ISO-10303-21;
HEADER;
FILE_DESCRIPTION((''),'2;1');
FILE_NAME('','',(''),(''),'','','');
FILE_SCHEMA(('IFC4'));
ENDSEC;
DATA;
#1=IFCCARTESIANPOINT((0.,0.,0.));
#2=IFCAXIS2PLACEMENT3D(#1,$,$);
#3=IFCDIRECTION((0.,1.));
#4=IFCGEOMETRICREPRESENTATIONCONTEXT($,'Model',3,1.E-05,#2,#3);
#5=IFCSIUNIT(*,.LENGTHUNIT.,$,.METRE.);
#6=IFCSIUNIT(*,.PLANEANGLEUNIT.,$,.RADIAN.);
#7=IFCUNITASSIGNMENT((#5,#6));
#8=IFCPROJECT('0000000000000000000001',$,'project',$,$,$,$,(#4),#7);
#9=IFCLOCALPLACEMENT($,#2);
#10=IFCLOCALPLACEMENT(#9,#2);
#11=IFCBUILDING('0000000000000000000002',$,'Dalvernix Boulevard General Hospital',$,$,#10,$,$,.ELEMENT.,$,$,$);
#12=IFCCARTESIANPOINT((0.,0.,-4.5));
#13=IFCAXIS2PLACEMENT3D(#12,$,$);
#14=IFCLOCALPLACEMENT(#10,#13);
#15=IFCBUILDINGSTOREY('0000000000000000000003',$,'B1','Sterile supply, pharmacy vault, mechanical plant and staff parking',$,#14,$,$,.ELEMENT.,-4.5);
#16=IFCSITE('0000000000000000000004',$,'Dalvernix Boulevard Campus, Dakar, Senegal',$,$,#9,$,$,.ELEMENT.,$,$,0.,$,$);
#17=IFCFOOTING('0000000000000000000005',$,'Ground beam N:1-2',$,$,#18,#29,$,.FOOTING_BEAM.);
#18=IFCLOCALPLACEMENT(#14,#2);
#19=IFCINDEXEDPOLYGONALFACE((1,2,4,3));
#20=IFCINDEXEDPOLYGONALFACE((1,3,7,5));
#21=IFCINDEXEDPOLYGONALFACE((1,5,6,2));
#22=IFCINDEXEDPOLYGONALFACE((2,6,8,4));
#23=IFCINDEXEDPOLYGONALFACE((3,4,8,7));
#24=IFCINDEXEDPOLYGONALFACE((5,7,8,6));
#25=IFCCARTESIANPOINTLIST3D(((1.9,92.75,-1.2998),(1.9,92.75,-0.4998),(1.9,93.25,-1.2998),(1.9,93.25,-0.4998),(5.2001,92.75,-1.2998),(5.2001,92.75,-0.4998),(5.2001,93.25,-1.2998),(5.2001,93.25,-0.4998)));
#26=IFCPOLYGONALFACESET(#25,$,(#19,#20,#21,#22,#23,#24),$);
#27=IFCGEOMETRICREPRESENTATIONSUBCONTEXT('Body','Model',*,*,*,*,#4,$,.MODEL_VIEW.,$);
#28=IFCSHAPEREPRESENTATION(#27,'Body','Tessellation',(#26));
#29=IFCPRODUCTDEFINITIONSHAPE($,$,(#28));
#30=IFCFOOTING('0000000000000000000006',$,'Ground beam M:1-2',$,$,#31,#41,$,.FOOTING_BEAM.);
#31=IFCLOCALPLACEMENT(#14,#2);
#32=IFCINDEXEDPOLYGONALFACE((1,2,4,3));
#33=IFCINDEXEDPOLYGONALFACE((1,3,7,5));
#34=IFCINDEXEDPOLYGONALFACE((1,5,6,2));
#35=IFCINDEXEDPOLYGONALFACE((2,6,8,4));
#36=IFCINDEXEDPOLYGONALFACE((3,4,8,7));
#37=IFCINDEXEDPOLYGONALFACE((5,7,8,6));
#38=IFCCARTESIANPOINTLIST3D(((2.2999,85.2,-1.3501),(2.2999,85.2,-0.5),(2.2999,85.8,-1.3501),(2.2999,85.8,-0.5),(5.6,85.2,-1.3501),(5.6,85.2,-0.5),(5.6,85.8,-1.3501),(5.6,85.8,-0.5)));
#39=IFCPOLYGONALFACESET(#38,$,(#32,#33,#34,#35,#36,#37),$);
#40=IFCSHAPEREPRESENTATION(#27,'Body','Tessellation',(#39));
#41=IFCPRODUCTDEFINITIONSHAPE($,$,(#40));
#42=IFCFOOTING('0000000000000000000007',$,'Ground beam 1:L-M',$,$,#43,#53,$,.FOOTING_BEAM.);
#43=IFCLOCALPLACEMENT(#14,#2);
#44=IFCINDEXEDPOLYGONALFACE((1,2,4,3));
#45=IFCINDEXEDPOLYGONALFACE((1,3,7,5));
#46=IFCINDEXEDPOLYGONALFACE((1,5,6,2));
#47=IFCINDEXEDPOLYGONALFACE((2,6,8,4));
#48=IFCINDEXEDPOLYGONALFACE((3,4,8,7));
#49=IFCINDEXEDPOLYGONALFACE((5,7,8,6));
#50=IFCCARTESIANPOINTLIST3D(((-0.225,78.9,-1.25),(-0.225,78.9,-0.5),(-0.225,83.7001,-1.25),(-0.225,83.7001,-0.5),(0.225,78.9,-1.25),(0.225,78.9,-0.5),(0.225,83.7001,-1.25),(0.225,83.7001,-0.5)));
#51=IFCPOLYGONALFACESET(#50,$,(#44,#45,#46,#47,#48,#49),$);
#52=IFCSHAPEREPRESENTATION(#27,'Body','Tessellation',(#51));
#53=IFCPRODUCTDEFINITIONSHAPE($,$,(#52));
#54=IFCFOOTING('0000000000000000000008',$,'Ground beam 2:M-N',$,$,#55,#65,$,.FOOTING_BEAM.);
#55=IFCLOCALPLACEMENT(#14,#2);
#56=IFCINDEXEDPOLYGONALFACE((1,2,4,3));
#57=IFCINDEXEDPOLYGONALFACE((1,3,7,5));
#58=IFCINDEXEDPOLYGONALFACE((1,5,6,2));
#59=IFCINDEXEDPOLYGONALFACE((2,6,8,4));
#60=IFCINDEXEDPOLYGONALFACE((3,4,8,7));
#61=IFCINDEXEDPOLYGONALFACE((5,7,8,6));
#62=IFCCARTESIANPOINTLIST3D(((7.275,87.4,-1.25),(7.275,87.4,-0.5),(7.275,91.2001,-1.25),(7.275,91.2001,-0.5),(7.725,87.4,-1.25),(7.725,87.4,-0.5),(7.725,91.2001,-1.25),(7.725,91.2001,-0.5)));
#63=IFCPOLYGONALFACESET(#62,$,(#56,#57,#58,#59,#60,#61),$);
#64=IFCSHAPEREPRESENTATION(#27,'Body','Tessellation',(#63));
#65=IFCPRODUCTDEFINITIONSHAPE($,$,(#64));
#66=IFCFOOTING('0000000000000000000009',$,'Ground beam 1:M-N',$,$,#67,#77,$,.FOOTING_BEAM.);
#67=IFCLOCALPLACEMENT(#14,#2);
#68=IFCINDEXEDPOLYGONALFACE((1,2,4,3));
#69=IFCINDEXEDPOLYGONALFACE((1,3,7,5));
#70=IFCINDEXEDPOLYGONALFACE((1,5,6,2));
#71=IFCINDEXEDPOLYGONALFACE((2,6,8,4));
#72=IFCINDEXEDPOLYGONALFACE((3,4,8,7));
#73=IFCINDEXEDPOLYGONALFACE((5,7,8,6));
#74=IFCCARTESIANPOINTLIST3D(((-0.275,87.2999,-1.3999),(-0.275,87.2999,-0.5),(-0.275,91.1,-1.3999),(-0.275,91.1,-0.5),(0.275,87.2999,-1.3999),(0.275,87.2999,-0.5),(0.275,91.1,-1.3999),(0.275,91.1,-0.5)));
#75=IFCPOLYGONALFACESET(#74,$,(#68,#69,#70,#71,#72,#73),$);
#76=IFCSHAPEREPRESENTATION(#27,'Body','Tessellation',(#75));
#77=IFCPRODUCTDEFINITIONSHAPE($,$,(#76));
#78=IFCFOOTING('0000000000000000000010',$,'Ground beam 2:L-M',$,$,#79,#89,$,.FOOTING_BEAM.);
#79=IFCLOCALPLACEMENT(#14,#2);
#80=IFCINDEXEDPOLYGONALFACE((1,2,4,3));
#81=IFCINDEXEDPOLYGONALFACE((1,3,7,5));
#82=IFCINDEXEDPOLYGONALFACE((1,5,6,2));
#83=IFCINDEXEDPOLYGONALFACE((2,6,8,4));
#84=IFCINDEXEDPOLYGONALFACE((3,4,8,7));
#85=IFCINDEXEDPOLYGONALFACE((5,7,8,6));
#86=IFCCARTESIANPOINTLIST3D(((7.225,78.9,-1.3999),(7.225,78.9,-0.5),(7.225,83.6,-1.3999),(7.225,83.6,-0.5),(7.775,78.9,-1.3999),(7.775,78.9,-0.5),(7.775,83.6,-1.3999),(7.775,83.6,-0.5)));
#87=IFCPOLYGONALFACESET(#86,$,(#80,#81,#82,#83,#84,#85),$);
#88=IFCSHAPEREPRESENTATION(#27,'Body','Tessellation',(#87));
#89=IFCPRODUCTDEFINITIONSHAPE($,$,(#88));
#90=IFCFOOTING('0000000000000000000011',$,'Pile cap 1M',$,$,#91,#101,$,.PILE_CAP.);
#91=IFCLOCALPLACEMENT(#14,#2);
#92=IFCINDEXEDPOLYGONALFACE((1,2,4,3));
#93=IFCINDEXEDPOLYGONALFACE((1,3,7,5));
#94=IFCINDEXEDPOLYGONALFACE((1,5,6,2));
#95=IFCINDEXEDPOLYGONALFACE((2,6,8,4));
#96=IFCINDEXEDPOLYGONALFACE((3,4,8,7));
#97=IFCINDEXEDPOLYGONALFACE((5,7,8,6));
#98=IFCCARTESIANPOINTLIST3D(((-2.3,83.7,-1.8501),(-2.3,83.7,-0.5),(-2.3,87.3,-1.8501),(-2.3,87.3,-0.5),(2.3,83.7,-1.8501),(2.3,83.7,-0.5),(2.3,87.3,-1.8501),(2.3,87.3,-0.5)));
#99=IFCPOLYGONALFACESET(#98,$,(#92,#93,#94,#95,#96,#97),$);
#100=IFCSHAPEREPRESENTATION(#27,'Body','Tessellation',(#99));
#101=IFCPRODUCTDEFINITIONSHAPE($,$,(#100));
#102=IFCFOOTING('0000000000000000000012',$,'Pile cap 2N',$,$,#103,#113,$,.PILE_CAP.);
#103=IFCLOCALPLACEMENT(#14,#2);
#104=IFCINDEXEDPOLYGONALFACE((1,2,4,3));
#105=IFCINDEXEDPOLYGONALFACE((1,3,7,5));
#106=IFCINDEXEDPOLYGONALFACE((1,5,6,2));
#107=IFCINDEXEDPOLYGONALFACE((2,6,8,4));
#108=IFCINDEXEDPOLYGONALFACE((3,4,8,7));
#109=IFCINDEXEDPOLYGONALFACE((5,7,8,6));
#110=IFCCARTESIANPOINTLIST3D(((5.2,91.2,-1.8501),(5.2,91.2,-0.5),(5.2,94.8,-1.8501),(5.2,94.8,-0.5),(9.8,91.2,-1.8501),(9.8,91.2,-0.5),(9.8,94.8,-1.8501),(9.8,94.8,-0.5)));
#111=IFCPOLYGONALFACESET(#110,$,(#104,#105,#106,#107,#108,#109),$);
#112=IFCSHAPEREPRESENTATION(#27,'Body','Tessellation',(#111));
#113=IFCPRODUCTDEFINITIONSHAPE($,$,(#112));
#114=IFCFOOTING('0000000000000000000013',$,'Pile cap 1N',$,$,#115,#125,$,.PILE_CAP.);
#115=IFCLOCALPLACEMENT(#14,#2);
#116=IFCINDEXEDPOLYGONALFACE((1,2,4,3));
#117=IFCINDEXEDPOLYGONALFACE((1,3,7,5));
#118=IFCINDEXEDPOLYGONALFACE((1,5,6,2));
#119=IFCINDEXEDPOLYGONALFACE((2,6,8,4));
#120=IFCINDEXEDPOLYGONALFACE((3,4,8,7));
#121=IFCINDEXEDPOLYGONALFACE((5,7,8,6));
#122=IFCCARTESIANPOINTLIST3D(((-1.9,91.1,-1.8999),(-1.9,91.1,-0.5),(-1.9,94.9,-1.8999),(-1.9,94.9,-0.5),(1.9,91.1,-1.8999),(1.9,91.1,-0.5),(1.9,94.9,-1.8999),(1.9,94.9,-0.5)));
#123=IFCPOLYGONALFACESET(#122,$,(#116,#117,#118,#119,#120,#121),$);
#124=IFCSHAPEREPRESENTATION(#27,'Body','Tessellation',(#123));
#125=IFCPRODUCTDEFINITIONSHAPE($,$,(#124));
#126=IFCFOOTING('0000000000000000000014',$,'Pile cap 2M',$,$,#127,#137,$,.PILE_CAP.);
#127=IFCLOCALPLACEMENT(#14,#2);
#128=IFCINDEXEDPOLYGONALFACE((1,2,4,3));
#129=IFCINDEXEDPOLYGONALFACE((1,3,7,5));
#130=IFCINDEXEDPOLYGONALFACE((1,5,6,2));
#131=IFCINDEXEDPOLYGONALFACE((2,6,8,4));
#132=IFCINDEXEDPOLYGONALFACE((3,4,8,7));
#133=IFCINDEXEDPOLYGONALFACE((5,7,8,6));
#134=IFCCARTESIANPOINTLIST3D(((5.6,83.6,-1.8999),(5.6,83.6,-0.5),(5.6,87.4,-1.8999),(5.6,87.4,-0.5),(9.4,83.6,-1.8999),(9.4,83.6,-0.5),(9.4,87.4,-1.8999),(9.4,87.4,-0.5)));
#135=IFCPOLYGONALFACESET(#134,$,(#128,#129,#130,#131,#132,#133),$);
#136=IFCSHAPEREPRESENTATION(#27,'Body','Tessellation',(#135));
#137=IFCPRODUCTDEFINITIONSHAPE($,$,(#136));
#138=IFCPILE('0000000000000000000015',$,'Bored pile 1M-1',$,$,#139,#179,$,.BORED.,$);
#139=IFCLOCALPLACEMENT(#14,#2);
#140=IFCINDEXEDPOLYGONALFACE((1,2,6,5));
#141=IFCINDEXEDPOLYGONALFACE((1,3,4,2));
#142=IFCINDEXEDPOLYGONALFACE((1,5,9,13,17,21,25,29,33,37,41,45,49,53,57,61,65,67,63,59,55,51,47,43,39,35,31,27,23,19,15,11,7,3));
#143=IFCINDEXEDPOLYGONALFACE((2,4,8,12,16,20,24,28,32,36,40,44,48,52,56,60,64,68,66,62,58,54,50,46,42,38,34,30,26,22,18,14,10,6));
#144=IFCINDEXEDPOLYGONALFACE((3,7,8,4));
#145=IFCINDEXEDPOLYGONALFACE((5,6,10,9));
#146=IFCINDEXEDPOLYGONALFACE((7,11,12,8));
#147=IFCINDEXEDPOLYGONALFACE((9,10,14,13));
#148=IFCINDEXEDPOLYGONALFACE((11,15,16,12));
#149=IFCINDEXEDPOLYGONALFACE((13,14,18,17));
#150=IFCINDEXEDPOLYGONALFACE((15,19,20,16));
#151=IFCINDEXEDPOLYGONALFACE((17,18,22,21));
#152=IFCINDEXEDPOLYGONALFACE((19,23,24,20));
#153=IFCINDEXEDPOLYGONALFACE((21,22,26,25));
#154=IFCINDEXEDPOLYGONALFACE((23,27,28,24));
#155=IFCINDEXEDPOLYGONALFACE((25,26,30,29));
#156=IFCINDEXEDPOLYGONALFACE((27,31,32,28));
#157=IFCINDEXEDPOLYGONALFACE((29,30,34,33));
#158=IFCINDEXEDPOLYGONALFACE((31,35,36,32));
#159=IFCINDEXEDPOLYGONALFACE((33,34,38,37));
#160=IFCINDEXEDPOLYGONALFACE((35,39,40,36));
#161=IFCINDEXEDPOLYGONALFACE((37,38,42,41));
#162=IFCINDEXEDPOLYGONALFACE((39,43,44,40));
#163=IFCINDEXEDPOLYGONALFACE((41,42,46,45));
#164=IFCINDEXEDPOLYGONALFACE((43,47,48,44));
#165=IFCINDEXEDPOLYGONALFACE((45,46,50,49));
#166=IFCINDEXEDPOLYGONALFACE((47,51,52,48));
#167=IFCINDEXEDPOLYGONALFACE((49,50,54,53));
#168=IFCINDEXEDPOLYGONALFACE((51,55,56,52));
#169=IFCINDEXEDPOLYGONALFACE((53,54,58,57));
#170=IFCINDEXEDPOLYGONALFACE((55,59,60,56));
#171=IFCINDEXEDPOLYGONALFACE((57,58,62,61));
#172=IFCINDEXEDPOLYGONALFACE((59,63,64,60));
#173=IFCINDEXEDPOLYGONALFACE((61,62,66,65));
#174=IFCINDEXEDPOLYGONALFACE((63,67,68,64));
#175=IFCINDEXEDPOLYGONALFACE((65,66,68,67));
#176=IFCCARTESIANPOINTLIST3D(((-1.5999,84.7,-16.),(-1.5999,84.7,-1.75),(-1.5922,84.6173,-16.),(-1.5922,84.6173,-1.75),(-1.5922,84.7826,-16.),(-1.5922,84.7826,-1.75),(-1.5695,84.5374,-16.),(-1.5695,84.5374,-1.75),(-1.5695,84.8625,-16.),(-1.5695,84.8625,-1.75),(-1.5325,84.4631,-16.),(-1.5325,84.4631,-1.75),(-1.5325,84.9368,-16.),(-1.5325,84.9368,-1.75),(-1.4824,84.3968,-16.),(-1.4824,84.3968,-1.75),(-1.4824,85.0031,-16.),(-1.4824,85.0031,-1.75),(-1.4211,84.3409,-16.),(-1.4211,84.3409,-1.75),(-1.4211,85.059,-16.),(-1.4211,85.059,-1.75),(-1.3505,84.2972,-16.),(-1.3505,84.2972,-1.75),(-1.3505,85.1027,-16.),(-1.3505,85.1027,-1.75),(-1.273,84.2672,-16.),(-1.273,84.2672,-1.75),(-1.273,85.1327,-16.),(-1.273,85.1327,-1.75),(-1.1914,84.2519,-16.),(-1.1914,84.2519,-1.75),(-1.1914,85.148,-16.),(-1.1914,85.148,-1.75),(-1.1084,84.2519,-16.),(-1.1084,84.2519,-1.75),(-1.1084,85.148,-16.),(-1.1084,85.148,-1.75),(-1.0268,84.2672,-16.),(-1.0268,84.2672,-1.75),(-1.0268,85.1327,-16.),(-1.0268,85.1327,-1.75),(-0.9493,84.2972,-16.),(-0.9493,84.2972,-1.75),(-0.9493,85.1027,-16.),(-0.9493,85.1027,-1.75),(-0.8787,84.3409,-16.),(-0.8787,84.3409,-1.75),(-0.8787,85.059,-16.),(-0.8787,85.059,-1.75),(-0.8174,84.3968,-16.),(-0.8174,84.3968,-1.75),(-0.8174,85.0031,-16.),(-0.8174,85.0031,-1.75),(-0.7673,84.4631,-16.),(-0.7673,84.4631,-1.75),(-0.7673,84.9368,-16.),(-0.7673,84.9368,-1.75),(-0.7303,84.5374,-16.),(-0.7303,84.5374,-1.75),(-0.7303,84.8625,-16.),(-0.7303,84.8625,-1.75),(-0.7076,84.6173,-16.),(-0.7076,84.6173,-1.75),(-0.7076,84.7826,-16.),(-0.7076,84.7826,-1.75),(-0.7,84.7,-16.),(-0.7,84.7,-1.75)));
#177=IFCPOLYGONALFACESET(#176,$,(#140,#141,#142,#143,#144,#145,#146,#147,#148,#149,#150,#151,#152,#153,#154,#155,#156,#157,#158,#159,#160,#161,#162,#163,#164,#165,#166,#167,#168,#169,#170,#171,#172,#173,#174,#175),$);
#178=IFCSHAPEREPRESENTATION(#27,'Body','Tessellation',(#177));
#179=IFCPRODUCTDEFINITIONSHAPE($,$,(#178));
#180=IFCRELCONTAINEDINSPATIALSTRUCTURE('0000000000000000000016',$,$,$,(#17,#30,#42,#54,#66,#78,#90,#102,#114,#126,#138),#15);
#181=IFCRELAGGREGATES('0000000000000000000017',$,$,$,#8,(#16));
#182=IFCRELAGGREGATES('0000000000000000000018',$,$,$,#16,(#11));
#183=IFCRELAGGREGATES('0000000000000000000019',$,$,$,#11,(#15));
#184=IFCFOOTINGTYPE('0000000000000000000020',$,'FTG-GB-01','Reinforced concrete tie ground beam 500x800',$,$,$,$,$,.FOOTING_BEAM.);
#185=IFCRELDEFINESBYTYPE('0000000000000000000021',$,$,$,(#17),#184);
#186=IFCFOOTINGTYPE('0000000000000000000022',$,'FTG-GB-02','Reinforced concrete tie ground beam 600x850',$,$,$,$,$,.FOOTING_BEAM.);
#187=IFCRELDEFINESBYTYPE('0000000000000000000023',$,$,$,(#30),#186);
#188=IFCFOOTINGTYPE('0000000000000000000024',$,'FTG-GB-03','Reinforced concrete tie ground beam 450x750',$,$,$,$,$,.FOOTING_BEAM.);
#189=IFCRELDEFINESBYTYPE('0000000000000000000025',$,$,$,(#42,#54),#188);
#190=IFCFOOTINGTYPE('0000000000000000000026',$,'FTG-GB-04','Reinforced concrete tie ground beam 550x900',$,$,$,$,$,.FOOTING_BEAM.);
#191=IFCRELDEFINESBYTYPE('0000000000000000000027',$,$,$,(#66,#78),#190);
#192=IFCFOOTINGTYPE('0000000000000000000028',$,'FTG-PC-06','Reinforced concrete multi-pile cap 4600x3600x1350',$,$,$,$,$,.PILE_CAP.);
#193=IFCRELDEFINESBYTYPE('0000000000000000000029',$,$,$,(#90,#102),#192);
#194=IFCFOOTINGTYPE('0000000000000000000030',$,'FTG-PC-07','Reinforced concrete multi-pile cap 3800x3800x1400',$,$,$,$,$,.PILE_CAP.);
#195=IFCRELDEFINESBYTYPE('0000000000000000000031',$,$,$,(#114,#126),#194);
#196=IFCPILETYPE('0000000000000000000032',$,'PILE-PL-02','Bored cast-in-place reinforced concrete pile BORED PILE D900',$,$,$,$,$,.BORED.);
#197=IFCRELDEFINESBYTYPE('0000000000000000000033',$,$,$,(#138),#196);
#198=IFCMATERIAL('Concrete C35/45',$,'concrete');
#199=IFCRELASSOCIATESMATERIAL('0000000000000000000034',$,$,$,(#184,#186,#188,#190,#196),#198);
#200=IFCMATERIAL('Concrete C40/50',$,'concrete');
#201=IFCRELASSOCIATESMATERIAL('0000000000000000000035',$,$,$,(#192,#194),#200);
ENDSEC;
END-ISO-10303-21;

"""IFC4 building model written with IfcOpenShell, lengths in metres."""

from ifc_helpers import new_model, si_unit, direction, frame, origin, origin_2d, place, context, subcontext, project, spatial, rectangle, circle, extrude, material, material_profile, profile_set, type_object, element, save


model = new_model("IFC4")

# Units and contexts
model_context = context("Model", 3, precision=1e-05, world=origin(), true_north=direction((0.0, 1.0)))
body_context = subcontext(model_context, "Body", "Model", "MODEL_VIEW")
ifc_project = project(units=[si_unit("LENGTHUNIT", "METRE"), si_unit("PLANEANGLEUNIT", "RADIAN")], contexts=[model_context])

# Site, building, storey
site_placement = place(None, origin())
site = spatial("IfcSite", under=ifc_project, at=site_placement, Name="Dalvernix Boulevard Campus, Dakar, Senegal", CompositionType="ELEMENT", RefElevation=0.0)
building_placement = place(site_placement, origin())
building = spatial("IfcBuilding", under=site, at=building_placement, Name="Dalvernix Boulevard General Hospital", CompositionType="ELEMENT")
storey_placement = place(building_placement, frame((0.0, 0.0, -4.5)))
storey = spatial("IfcBuildingStorey", under=building, at=storey_placement, Name="B1", Description="Sterile supply, pharmacy vault, mechanical plant and staff parking", CompositionType="ELEMENT", Elevation=-4.5)

# Footings
ifc_material_1 = material(Name="Concrete C35/45", Category="concrete")
footing_type_1 = type_object("IfcFootingType", Name="FTG-GB-01", Description="Reinforced concrete tie ground beam 500x800", PredefinedType="FOOTING_BEAM", material=ifc_material_1)
footing_1_placement = place(storey_placement, frame((3.55, 93.0, -1.2998), z_axis=(0.0, 0.0, 1.0), x_axis=(1.0, 0.0, 0.0)))
element("IfcFooting", 1, at=footing_1_placement, inside=storey, type_object=footing_type_1, Name="Ground beam N:1-2", PredefinedType="FOOTING_BEAM", context=body_context, shape_type="SweptSolid", body=[
    extrude(rectangle(XDim=3.3, YDim=0.5, at=origin_2d()), origin(), (0.0, 0.0, 1.0), 0.8),
])
footing_type_2 = type_object("IfcFootingType", Name="FTG-GB-02", Description="Reinforced concrete tie ground beam 600x850", PredefinedType="FOOTING_BEAM", material=ifc_material_1)
footing_2_placement = place(storey_placement, frame((3.95, 85.5, -1.3501), z_axis=(0.0, 0.0, 1.0), x_axis=(1.0, 0.0, 0.0)))
element("IfcFooting", 2, at=footing_2_placement, inside=storey, type_object=footing_type_2, Name="Ground beam M:1-2", PredefinedType="FOOTING_BEAM", context=body_context, shape_type="SweptSolid", body=[
    extrude(rectangle(XDim=3.3, YDim=0.6001, at=origin_2d()), origin(), (0.0, 0.0, 1.0), 0.8501),
])
footing_type_3 = type_object("IfcFootingType", Name="FTG-GB-03", Description="Reinforced concrete tie ground beam 450x750", PredefinedType="FOOTING_BEAM", material=ifc_material_1)
footing_3_placement = place(storey_placement, frame((0.0, 81.3, -1.25), z_axis=(0.0, 0.0, 1.0), x_axis=(0.0, 1.0, 0.0)))
element("IfcFooting", 3, at=footing_3_placement, inside=storey, type_object=footing_type_3, Name="Ground beam 1:L-M", PredefinedType="FOOTING_BEAM", context=body_context, shape_type="SweptSolid", body=[
    extrude(rectangle(XDim=4.8, YDim=0.45, at=origin_2d()), origin(), (0.0, 0.0, 1.0), 0.75),
])
footing_4_placement = place(storey_placement, frame((7.5, 89.3, -1.25), z_axis=(0.0, 0.0, 1.0), x_axis=(0.0, 1.0, 0.0)))
element("IfcFooting", 4, at=footing_4_placement, inside=storey, type_object=footing_type_3, Name="Ground beam 2:M-N", PredefinedType="FOOTING_BEAM", context=body_context, shape_type="SweptSolid", body=[
    extrude(rectangle(XDim=3.8, YDim=0.45, at=origin_2d()), origin(), (0.0, 0.0, 1.0), 0.75),
])
footing_type_4 = type_object("IfcFootingType", Name="FTG-GB-04", Description="Reinforced concrete tie ground beam 550x900", PredefinedType="FOOTING_BEAM", material=ifc_material_1)
footing_5_placement = place(storey_placement, frame((0.0, 89.2, -1.3999), z_axis=(0.0, 0.0, 1.0), x_axis=(0.0, 1.0, 0.0)))
element("IfcFooting", 5, at=footing_5_placement, inside=storey, type_object=footing_type_4, Name="Ground beam 1:M-N", PredefinedType="FOOTING_BEAM", context=body_context, shape_type="SweptSolid", body=[
    extrude(rectangle(XDim=3.8, YDim=0.55, at=origin_2d()), origin(), (0.0, 0.0, 1.0), 0.8999),
])
footing_6_placement = place(storey_placement, frame((7.5, 81.25, -1.3999), z_axis=(0.0, 0.0, 1.0), x_axis=(0.0, 1.0, 0.0)))
element("IfcFooting", 6, at=footing_6_placement, inside=storey, type_object=footing_type_4, Name="Ground beam 2:L-M", PredefinedType="FOOTING_BEAM", context=body_context, shape_type="SweptSolid", body=[
    extrude(rectangle(XDim=4.7, YDim=0.55, at=origin_2d()), origin(), (0.0, 0.0, 1.0), 0.8999),
])
ifc_material_2 = material(Name="Concrete C40/50", Category="concrete")
footing_type_5 = type_object("IfcFootingType", Name="FTG-PC-06", Description="Reinforced concrete multi-pile cap 4600x3600x1350", PredefinedType="PILE_CAP", material=ifc_material_2)
for number, where, z_axis, x_axis, name in (
    (7, (0.0, 85.5, -1.8501), (0.0, 0.0, 1.0), (1.0, 0.0, 0.0), "Pile cap 1M"),
    (8, (7.5, 93.0, -1.8501), (0.0, 0.0, 1.0), (1.0, 0.0, 0.0), "Pile cap 2N"),
):
    element("IfcFooting", number, at=place(storey_placement, frame(where, z_axis=z_axis, x_axis=x_axis)), inside=storey, type_object=footing_type_5, Name=name, PredefinedType="PILE_CAP", context=body_context, shape_type="SweptSolid", body=[
        extrude(rectangle(XDim=4.6001, YDim=3.6001, at=origin_2d()), origin(), (0.0, 0.0, 1.0), 1.3501),
    ])
footing_type_6 = type_object("IfcFootingType", Name="FTG-PC-07", Description="Reinforced concrete multi-pile cap 3800x3800x1400", PredefinedType="PILE_CAP", material=ifc_material_2)
for number, where, z_axis, x_axis, name in (
    (9, (0.0, 93.0, -1.8999), (0.0, 0.0, 1.0), (1.0, 0.0, 0.0), "Pile cap 1N"),
    (10, (7.5, 85.5, -1.8999), (0.0, 0.0, 1.0), (1.0, 0.0, 0.0), "Pile cap 2M"),
):
    element("IfcFooting", number, at=place(storey_placement, frame(where, z_axis=z_axis, x_axis=x_axis)), inside=storey, type_object=footing_type_6, Name=name, PredefinedType="PILE_CAP", context=body_context, shape_type="SweptSolid", body=[
        extrude(rectangle(XDim=3.8, YDim=3.8, at=origin_2d()), origin(), (0.0, 0.0, 1.0), 1.3999),
    ])

# Pile
ifc_material_profile_1 = material_profile(ifc_material_1, circle(Radius=0.45, at=origin_2d()), Name="BORED PILE D900")
ifc_profile_set_1 = profile_set([ifc_material_profile_1], Name="Concrete C35/45")
pile_type_1 = type_object("IfcPileType", Name="PILE-PL-02", Description="Bored cast-in-place reinforced concrete pile BORED PILE D900", PredefinedType="BORED", material=ifc_profile_set_1)
for number, where, z_axis, x_axis, name in (
    (11, (-1.1499, 84.7, -1.75), (0.0, 0.0, -1.0), (1.0, 0.0, 0.0), "Bored pile 1M-1"),
):
    element("IfcPile", number, at=place(storey_placement, frame(where, z_axis=z_axis, x_axis=x_axis)), inside=storey, type_object=pile_type_1, Name=name, PredefinedType="BORED", context=body_context, shape_type="SweptSolid", body=[
        extrude(circle(Radius=0.45, at=origin_2d()), origin(), (0.0, 0.0, 1.0), 14.25),
    ])

save(model, "model.ifc")
